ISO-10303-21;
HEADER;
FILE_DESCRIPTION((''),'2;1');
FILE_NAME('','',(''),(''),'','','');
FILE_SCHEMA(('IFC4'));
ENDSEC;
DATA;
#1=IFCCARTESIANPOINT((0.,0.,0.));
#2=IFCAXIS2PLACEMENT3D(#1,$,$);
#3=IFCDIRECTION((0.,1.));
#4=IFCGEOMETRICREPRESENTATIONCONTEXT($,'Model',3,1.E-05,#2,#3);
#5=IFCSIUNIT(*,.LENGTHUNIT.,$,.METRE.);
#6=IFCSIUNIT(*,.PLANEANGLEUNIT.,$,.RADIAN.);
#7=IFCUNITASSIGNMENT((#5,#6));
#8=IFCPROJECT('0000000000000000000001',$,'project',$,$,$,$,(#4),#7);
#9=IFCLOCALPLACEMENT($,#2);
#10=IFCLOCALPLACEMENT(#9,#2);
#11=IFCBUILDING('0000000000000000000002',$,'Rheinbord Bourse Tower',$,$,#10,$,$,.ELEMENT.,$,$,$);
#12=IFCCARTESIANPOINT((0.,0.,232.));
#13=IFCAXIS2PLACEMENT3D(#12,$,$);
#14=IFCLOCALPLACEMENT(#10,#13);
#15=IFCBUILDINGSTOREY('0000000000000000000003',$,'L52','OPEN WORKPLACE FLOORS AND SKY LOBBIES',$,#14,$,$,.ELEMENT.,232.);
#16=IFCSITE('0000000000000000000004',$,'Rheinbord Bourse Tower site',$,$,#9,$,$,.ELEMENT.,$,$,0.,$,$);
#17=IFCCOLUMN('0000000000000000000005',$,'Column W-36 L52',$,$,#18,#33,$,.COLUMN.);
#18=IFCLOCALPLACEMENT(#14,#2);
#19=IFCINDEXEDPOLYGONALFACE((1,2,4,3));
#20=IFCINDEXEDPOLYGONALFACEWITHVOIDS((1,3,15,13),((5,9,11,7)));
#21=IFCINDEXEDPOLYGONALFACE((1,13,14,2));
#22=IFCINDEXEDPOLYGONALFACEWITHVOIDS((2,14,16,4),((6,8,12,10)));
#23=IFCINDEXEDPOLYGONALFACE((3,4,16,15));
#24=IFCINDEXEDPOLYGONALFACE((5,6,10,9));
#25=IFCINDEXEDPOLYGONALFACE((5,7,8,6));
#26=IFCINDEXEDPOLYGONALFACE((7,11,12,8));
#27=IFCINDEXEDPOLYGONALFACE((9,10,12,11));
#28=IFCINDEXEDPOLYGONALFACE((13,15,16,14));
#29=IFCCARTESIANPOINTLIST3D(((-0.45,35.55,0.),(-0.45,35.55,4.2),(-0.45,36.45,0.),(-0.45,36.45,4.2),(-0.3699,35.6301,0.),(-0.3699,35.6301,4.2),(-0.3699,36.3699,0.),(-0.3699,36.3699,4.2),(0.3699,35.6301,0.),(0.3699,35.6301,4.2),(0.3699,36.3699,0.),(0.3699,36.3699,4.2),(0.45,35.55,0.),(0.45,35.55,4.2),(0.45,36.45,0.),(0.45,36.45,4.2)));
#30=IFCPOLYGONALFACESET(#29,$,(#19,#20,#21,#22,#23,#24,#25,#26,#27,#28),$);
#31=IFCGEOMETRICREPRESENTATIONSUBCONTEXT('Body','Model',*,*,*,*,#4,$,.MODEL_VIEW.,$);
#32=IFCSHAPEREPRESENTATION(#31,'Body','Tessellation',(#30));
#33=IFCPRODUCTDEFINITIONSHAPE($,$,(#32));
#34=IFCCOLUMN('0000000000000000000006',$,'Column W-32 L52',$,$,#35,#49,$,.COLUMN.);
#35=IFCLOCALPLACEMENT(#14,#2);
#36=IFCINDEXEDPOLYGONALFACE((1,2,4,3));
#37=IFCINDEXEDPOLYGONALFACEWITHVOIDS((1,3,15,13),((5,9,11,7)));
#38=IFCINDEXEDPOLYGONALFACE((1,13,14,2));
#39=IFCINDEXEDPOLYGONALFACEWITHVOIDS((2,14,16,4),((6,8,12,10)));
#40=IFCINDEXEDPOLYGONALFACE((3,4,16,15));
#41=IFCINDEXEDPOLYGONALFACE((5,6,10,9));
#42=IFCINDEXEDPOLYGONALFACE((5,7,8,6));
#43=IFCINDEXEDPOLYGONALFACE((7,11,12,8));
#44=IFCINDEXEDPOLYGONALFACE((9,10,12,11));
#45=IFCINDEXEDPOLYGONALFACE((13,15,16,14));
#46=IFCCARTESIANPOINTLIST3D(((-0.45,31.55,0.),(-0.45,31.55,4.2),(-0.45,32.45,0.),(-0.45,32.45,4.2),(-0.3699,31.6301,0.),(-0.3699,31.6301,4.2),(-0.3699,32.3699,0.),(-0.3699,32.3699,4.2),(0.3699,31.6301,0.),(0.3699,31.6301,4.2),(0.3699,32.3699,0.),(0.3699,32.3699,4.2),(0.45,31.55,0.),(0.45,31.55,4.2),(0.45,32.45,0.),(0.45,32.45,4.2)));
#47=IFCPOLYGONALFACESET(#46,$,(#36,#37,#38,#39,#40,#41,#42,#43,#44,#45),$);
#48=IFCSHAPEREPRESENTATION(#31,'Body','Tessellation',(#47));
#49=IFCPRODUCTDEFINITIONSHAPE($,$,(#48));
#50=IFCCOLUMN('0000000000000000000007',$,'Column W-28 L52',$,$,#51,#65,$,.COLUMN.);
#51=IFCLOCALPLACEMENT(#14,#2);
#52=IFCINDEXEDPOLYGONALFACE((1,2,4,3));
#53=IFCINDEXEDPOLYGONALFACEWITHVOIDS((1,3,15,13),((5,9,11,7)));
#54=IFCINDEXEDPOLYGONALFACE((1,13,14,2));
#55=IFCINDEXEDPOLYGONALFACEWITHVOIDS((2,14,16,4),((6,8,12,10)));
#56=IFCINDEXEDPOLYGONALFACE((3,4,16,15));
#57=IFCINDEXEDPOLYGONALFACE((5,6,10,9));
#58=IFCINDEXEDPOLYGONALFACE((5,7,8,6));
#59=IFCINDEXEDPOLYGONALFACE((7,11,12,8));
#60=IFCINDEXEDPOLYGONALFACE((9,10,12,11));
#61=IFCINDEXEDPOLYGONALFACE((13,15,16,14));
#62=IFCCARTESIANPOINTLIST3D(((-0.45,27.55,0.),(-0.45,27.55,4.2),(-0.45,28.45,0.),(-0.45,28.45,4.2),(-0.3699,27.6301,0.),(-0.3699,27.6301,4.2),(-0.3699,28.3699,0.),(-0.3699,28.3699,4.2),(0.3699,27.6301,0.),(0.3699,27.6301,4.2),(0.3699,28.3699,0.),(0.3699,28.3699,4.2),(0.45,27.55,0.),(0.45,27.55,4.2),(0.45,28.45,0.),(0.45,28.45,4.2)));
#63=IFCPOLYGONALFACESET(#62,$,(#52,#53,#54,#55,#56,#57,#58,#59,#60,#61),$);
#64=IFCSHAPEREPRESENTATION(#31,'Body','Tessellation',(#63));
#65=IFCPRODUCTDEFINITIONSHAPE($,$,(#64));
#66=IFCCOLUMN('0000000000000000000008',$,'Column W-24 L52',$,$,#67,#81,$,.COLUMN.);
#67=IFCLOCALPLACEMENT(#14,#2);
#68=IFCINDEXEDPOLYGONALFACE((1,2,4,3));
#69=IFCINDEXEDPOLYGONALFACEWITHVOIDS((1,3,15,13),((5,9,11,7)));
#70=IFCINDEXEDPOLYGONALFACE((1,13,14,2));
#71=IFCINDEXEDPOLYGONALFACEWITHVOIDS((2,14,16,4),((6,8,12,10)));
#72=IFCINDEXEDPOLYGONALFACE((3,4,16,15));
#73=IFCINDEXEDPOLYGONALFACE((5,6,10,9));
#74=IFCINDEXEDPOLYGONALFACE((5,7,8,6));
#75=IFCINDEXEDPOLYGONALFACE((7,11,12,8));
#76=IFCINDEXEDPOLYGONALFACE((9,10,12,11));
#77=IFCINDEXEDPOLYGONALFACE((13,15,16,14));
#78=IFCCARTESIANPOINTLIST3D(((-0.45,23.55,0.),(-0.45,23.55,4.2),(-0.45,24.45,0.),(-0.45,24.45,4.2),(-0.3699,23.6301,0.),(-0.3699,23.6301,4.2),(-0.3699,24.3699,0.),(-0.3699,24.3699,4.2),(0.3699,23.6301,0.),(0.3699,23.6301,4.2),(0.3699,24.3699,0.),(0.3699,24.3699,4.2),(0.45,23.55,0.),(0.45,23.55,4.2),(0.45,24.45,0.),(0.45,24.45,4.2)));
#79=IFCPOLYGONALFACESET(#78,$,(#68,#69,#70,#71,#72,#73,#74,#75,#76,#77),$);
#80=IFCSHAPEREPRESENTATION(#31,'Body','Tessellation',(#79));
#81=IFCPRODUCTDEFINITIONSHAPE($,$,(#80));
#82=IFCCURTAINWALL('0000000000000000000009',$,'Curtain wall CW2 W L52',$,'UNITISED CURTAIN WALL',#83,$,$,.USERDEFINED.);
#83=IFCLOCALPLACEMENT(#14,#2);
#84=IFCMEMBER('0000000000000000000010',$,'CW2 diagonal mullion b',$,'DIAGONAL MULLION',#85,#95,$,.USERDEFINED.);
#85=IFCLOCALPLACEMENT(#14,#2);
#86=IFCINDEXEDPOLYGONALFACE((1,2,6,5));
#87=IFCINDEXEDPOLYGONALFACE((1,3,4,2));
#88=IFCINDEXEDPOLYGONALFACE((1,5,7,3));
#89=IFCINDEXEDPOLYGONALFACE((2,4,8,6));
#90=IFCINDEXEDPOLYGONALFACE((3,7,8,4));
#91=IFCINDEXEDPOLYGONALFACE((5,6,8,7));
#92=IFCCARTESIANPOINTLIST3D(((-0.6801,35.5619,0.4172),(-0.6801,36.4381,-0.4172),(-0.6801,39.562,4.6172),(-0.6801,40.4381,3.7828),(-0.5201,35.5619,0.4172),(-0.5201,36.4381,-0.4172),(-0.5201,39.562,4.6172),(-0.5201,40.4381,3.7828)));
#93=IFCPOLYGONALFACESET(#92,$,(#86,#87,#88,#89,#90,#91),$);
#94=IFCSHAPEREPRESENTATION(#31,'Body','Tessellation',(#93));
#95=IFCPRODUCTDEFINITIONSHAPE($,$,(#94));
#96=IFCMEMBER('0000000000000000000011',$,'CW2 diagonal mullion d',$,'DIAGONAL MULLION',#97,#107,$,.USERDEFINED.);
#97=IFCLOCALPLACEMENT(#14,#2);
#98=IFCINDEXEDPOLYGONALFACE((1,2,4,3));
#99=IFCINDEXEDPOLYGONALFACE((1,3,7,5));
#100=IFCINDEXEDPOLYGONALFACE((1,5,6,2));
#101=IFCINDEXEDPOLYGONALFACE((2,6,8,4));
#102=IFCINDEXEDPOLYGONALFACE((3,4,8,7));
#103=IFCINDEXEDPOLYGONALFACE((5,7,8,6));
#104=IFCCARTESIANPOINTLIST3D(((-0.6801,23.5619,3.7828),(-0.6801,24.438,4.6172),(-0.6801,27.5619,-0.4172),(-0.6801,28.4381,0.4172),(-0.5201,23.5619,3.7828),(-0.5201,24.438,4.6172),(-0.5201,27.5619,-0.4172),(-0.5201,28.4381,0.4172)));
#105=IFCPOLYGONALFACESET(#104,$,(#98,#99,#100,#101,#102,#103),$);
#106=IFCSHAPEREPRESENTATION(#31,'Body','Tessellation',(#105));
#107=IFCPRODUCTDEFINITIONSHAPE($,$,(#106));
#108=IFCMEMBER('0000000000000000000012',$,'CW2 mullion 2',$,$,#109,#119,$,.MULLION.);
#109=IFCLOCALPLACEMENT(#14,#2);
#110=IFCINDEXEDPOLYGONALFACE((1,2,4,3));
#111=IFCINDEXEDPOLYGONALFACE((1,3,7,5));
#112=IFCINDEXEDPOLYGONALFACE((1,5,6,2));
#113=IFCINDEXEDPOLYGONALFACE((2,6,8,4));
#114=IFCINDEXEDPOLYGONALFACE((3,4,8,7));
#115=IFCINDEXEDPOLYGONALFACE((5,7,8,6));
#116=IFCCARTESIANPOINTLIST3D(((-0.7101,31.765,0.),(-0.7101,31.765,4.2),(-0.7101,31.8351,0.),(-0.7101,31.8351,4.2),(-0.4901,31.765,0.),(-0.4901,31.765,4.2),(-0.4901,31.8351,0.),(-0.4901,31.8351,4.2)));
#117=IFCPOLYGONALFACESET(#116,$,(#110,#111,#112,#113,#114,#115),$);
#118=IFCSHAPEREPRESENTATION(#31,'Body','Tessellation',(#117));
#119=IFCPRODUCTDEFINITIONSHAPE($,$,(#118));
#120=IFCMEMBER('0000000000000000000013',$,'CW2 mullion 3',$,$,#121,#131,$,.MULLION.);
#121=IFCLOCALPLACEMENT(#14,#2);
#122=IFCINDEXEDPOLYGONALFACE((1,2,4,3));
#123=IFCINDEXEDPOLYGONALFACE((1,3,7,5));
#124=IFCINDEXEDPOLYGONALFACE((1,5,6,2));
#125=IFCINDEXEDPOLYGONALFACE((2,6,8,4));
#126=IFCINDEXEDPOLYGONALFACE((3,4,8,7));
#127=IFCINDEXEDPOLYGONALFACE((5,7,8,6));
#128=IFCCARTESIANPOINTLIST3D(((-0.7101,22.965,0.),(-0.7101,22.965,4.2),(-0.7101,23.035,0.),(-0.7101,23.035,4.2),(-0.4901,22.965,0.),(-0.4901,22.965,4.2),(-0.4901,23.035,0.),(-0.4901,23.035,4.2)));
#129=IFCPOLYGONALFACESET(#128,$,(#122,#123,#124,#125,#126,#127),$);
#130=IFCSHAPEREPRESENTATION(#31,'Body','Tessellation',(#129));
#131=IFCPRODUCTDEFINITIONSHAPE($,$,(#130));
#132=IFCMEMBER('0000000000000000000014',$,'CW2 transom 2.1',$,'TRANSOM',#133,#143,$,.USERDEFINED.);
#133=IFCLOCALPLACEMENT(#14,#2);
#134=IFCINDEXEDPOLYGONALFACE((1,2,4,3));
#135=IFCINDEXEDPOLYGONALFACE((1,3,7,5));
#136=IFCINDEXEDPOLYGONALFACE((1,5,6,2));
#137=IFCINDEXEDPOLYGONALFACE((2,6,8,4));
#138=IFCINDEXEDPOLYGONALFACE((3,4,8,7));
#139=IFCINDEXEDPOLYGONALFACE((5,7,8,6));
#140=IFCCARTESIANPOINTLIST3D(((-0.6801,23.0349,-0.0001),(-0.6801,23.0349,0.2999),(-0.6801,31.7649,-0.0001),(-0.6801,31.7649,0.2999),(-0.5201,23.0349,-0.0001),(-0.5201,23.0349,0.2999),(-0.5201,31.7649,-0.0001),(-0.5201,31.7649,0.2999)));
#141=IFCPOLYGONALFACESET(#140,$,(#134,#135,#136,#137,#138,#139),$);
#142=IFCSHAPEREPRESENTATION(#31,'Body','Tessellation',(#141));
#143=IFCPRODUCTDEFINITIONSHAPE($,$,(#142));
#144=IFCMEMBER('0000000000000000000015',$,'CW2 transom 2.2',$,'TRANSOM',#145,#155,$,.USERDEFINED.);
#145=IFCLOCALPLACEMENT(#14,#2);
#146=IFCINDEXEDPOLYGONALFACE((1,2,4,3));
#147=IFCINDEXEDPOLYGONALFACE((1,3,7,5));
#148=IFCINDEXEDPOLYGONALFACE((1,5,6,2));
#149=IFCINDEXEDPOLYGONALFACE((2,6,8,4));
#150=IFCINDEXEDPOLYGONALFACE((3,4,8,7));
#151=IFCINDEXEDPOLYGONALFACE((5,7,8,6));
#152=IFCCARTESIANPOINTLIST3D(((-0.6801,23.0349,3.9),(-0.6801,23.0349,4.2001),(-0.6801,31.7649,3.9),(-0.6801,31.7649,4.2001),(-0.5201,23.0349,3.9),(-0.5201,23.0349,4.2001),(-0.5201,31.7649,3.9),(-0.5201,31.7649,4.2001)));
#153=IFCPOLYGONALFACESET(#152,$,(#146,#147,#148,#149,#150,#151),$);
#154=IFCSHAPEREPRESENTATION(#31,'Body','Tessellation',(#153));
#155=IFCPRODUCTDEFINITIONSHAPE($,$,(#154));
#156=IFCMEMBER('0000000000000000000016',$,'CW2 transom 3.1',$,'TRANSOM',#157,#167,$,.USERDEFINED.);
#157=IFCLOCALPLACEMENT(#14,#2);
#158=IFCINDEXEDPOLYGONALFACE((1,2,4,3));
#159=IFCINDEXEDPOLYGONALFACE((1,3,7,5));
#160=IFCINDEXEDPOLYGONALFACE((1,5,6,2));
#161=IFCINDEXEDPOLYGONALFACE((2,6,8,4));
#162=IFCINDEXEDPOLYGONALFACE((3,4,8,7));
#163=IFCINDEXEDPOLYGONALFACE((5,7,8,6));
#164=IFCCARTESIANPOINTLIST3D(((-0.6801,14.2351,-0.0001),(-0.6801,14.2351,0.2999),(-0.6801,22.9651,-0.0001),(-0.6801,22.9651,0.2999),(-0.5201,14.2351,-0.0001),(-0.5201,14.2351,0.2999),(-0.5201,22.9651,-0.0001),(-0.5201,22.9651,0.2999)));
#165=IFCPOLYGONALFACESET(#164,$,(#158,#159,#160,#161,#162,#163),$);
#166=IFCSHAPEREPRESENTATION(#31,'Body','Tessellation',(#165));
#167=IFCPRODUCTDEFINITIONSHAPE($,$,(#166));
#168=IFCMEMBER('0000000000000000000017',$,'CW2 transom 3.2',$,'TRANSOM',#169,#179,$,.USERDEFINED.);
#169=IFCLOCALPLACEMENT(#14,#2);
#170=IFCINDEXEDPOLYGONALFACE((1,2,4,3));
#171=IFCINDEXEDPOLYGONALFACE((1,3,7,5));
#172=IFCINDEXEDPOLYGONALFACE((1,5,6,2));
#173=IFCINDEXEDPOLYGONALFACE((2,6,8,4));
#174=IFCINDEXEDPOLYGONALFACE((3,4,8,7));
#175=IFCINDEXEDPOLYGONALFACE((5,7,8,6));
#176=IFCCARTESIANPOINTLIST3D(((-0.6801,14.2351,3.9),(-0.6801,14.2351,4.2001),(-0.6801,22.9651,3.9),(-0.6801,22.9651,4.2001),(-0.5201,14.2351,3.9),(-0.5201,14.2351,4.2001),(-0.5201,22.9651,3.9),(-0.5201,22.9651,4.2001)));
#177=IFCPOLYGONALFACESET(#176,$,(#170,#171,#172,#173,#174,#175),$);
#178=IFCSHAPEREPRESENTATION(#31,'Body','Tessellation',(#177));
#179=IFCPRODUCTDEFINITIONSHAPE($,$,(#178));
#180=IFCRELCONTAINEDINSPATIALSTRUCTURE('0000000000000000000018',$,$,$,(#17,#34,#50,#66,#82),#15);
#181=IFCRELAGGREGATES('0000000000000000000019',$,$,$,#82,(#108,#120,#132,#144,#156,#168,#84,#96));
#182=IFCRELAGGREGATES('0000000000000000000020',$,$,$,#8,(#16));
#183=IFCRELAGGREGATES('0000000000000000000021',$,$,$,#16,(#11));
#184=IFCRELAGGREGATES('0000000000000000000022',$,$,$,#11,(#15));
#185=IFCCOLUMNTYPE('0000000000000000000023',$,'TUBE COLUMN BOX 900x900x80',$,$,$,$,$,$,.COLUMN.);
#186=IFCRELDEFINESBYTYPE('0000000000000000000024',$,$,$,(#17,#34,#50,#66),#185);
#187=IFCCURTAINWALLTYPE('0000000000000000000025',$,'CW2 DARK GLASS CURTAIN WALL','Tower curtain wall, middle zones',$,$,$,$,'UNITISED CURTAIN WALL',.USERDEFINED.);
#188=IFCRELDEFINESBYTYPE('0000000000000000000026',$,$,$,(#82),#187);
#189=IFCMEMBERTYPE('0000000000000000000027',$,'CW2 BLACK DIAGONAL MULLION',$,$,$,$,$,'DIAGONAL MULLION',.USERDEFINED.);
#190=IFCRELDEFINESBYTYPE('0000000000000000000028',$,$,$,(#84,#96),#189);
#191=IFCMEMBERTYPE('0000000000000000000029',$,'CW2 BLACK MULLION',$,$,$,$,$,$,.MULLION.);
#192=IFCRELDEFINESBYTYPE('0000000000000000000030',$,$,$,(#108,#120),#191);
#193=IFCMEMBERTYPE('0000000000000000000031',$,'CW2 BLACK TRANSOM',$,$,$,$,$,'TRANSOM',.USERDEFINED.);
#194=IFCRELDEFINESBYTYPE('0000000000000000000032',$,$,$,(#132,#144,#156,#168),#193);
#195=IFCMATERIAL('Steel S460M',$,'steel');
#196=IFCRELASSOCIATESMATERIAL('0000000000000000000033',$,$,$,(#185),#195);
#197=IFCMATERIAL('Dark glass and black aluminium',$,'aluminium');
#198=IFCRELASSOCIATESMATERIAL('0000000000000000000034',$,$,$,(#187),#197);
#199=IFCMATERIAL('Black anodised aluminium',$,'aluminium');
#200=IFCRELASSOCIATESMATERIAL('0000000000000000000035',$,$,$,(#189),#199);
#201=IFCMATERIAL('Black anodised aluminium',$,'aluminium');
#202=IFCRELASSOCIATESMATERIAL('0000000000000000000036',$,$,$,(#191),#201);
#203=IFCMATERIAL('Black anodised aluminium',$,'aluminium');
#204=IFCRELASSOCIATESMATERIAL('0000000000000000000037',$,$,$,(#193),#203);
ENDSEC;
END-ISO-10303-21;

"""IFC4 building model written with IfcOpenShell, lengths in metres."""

from ifc_helpers import new_model, si_unit, direction, frame, origin, origin_2d, place, context, subcontext, project, spatial, rectangle, hollow_rectangle, extrude, material, material_profile, profile_set, type_object, element, aggregate, save


model = new_model("IFC4")

# Units and contexts
model_context = context("Model", 3, precision=1e-05, world=origin(), true_north=direction((0.0, 1.0)))
body_context = subcontext(model_context, "Body", "Model", "MODEL_VIEW")
ifc_project = project(units=[si_unit("LENGTHUNIT", "METRE"), si_unit("PLANEANGLEUNIT", "RADIAN")], contexts=[model_context])

# Site, building, storey
site_placement = place(None, origin())
site = spatial("IfcSite", under=ifc_project, at=site_placement, Name="Rheinbord Bourse Tower site", CompositionType="ELEMENT", RefElevation=0.0)
building_placement = place(site_placement, origin())
building = spatial("IfcBuilding", under=site, at=building_placement, Name="Rheinbord Bourse Tower", CompositionType="ELEMENT")
storey_placement = place(building_placement, frame((0.0, 0.0, 232.0)))
storey = spatial("IfcBuildingStorey", under=building, at=storey_placement, Name="L52", Description="OPEN WORKPLACE FLOORS AND SKY LOBBIES", CompositionType="ELEMENT", Elevation=232.0)

# Columns
ifc_material_1 = material(Name="Steel S460M", Category="steel")
ifc_material_profile_1 = material_profile(ifc_material_1, hollow_rectangle(XDim=0.8999, YDim=0.8999, WallThickness=0.0801, at=origin_2d()), Name="BOX 900x900x80")
ifc_profile_set_1 = profile_set([ifc_material_profile_1], Name="Steel S460M")
column_type = type_object("IfcColumnType", Name="TUBE COLUMN BOX 900x900x80", PredefinedType="COLUMN", material=ifc_profile_set_1)
for number, where, z_axis, x_axis, name in (
    (1, (0.0, 36.0, 0.0), (0.0, 0.0, 1.0), (1.0, 0.0, 0.0), "Column W-36 L52"),
    (2, (0.0, 32.0, 0.0), (0.0, 0.0, 1.0), (1.0, 0.0, 0.0), "Column W-32 L52"),
    (3, (0.0, 28.0, 0.0), (0.0, 0.0, 1.0), (1.0, 0.0, 0.0), "Column W-28 L52"),
    (4, (0.0, 24.0, 0.0), (0.0, 0.0, 1.0), (1.0, 0.0, 0.0), "Column W-24 L52"),
):
    element("IfcColumn", number, at=place(storey_placement, frame(where, z_axis=z_axis, x_axis=x_axis)), inside=storey, type_object=column_type, Name=name, PredefinedType="COLUMN", context=body_context, shape_type="SweptSolid", body=[
        extrude(hollow_rectangle(XDim=0.8999, YDim=0.8999, WallThickness=0.0801, at=origin_2d()), origin(), (0.0, 0.0, 1.0), 4.2),
    ])

# Curtain wall, members
ifc_material_2 = material(Name="Dark glass and black aluminium", Category="aluminium")
curtain_wall_type = type_object("IfcCurtainWallType", Name="CW2 DARK GLASS CURTAIN WALL", Description="Tower curtain wall, middle zones", ElementType="UNITISED CURTAIN WALL", PredefinedType="USERDEFINED", material=ifc_material_2)
curtain_wall_placement = place(storey_placement, origin())
curtain_wall = element("IfcCurtainWall", 5, at=curtain_wall_placement, inside=storey, type_object=curtain_wall_type, Name="Curtain wall CW2 W L52", ObjectType="UNITISED CURTAIN WALL", PredefinedType="USERDEFINED")
ifc_material_3 = material(Name="Black anodised aluminium", Category="aluminium")
ifc_material_profile_2 = material_profile(ifc_material_3, rectangle(XDim=0.1599, YDim=1.21, at=origin_2d()), Name="CW2 DIAGONAL MULLION 1210x160")
ifc_profile_set_2 = profile_set([ifc_material_profile_2], Name="Black anodised aluminium")
member_type_1 = type_object("IfcMemberType", Name="CW2 BLACK DIAGONAL MULLION", ElementType="DIAGONAL MULLION", PredefinedType="USERDEFINED", material=ifc_profile_set_2)
member_1_placement = place(storey_placement, frame((-0.6001, 36.0, 0.0), z_axis=(0.0, 0.689659, 0.724134), x_axis=(-1.0, 0.0, 0.0)))
member_1 = element("IfcMember", 6, at=member_1_placement, type_object=member_type_1, Name="CW2 diagonal mullion b", ObjectType="DIAGONAL MULLION", PredefinedType="USERDEFINED", context=body_context, shape_type="SweptSolid", body=[
    extrude(rectangle(XDim=0.1599, YDim=1.21, at=origin_2d()), origin(), (0.0, 0.0, 1.0), 5.8),
])
member_2_placement = place(storey_placement, frame((-0.6001, 28.0, 0.0), z_axis=(0.0, -0.689659, 0.724134), x_axis=(1.0, 0.0, 0.0)))
member_2 = element("IfcMember", 7, at=member_2_placement, type_object=member_type_1, Name="CW2 diagonal mullion d", ObjectType="DIAGONAL MULLION", PredefinedType="USERDEFINED", context=body_context, shape_type="SweptSolid", body=[
    extrude(rectangle(XDim=0.1599, YDim=1.21, at=origin_2d()), origin(), (0.0, 0.0, 1.0), 5.8),
])
ifc_material_4 = material(Name="Black anodised aluminium", Category="aluminium")
ifc_material_profile_3 = material_profile(ifc_material_4, rectangle(XDim=0.22, YDim=0.0701, at=origin_2d()), Name="CW2 MULLION 70x220")
ifc_profile_set_3 = profile_set([ifc_material_profile_3], Name="Black anodised aluminium")
member_type_2 = type_object("IfcMemberType", Name="CW2 BLACK MULLION", PredefinedType="MULLION", material=ifc_profile_set_3)
member_3_placement = place(storey_placement, frame((-0.6001, 31.8, 0.0), z_axis=(0.0, 0.0, 1.0), x_axis=(1.0, 0.0, 0.0)))
member_3 = element("IfcMember", 8, at=member_3_placement, type_object=member_type_2, Name="CW2 mullion 2", PredefinedType="MULLION", context=body_context, shape_type="SweptSolid", body=[
    extrude(rectangle(XDim=0.22, YDim=0.0701, at=origin_2d()), origin(), (0.0, 0.0, 1.0), 4.2),
])
member_4_placement = place(storey_placement, frame((-0.6001, 23.0, 0.0), z_axis=(0.0, 0.0, 1.0), x_axis=(1.0, 0.0, 0.0)))
member_4 = element("IfcMember", 9, at=member_4_placement, type_object=member_type_2, Name="CW2 mullion 3", PredefinedType="MULLION", context=body_context, shape_type="SweptSolid", body=[
    extrude(rectangle(XDim=0.22, YDim=0.0701, at=origin_2d()), origin(), (0.0, 0.0, 1.0), 4.2),
])
ifc_material_5 = material(Name="Black anodised aluminium", Category="aluminium")
ifc_material_profile_4 = material_profile(ifc_material_5, rectangle(XDim=0.1599, YDim=0.3, at=origin_2d()), Name="CW2 TRANSOM 300x160")
ifc_profile_set_4 = profile_set([ifc_material_profile_4], Name="Black anodised aluminium")
member_type_3 = type_object("IfcMemberType", Name="CW2 BLACK TRANSOM", ElementType="TRANSOM", PredefinedType="USERDEFINED", material=ifc_profile_set_4)
member_5_placement = place(storey_placement, frame((-0.6001, 31.7649, 0.1499), z_axis=(0.0, -1.0, 0.0), x_axis=(1.0, 0.0, 0.0)))
member_5 = element("IfcMember", 10, at=member_5_placement, type_object=member_type_3, Name="CW2 transom 2.1", ObjectType="TRANSOM", PredefinedType="USERDEFINED", context=body_context, shape_type="SweptSolid", body=[
    extrude(rectangle(XDim=0.1599, YDim=0.3, at=origin_2d()), origin(), (0.0, 0.0, 1.0), 8.73),
])
member_6_placement = place(storey_placement, frame((-0.6001, 31.7649, 4.05), z_axis=(0.0, -1.0, 0.0), x_axis=(1.0, 0.0, 0.0)))
member_6 = element("IfcMember", 11, at=member_6_placement, type_object=member_type_3, Name="CW2 transom 2.2", ObjectType="TRANSOM", PredefinedType="USERDEFINED", context=body_context, shape_type="SweptSolid", body=[
    extrude(rectangle(XDim=0.1599, YDim=0.3, at=origin_2d()), origin(), (0.0, 0.0, 1.0), 8.73),
])
member_7_placement = place(storey_placement, frame((-0.6001, 22.9651, 0.1499), z_axis=(0.0, -1.0, 0.0), x_axis=(1.0, 0.0, 0.0)))
member_7 = element("IfcMember", 12, at=member_7_placement, type_object=member_type_3, Name="CW2 transom 3.1", ObjectType="TRANSOM", PredefinedType="USERDEFINED", context=body_context, shape_type="SweptSolid", body=[
    extrude(rectangle(XDim=0.1599, YDim=0.3, at=origin_2d()), origin(), (0.0, 0.0, 1.0), 8.73),
])
member_8_placement = place(storey_placement, frame((-0.6001, 22.9651, 4.05), z_axis=(0.0, -1.0, 0.0), x_axis=(1.0, 0.0, 0.0)))
member_8 = element("IfcMember", 13, at=member_8_placement, type_object=member_type_3, Name="CW2 transom 3.2", ObjectType="TRANSOM", PredefinedType="USERDEFINED", context=body_context, shape_type="SweptSolid", body=[
    extrude(rectangle(XDim=0.1599, YDim=0.3, at=origin_2d()), origin(), (0.0, 0.0, 1.0), 8.73),
])

aggregate(curtain_wall, [member_3, member_4, member_5, member_6, member_7, member_8, member_1, member_2])

save(model, "model.ifc")
